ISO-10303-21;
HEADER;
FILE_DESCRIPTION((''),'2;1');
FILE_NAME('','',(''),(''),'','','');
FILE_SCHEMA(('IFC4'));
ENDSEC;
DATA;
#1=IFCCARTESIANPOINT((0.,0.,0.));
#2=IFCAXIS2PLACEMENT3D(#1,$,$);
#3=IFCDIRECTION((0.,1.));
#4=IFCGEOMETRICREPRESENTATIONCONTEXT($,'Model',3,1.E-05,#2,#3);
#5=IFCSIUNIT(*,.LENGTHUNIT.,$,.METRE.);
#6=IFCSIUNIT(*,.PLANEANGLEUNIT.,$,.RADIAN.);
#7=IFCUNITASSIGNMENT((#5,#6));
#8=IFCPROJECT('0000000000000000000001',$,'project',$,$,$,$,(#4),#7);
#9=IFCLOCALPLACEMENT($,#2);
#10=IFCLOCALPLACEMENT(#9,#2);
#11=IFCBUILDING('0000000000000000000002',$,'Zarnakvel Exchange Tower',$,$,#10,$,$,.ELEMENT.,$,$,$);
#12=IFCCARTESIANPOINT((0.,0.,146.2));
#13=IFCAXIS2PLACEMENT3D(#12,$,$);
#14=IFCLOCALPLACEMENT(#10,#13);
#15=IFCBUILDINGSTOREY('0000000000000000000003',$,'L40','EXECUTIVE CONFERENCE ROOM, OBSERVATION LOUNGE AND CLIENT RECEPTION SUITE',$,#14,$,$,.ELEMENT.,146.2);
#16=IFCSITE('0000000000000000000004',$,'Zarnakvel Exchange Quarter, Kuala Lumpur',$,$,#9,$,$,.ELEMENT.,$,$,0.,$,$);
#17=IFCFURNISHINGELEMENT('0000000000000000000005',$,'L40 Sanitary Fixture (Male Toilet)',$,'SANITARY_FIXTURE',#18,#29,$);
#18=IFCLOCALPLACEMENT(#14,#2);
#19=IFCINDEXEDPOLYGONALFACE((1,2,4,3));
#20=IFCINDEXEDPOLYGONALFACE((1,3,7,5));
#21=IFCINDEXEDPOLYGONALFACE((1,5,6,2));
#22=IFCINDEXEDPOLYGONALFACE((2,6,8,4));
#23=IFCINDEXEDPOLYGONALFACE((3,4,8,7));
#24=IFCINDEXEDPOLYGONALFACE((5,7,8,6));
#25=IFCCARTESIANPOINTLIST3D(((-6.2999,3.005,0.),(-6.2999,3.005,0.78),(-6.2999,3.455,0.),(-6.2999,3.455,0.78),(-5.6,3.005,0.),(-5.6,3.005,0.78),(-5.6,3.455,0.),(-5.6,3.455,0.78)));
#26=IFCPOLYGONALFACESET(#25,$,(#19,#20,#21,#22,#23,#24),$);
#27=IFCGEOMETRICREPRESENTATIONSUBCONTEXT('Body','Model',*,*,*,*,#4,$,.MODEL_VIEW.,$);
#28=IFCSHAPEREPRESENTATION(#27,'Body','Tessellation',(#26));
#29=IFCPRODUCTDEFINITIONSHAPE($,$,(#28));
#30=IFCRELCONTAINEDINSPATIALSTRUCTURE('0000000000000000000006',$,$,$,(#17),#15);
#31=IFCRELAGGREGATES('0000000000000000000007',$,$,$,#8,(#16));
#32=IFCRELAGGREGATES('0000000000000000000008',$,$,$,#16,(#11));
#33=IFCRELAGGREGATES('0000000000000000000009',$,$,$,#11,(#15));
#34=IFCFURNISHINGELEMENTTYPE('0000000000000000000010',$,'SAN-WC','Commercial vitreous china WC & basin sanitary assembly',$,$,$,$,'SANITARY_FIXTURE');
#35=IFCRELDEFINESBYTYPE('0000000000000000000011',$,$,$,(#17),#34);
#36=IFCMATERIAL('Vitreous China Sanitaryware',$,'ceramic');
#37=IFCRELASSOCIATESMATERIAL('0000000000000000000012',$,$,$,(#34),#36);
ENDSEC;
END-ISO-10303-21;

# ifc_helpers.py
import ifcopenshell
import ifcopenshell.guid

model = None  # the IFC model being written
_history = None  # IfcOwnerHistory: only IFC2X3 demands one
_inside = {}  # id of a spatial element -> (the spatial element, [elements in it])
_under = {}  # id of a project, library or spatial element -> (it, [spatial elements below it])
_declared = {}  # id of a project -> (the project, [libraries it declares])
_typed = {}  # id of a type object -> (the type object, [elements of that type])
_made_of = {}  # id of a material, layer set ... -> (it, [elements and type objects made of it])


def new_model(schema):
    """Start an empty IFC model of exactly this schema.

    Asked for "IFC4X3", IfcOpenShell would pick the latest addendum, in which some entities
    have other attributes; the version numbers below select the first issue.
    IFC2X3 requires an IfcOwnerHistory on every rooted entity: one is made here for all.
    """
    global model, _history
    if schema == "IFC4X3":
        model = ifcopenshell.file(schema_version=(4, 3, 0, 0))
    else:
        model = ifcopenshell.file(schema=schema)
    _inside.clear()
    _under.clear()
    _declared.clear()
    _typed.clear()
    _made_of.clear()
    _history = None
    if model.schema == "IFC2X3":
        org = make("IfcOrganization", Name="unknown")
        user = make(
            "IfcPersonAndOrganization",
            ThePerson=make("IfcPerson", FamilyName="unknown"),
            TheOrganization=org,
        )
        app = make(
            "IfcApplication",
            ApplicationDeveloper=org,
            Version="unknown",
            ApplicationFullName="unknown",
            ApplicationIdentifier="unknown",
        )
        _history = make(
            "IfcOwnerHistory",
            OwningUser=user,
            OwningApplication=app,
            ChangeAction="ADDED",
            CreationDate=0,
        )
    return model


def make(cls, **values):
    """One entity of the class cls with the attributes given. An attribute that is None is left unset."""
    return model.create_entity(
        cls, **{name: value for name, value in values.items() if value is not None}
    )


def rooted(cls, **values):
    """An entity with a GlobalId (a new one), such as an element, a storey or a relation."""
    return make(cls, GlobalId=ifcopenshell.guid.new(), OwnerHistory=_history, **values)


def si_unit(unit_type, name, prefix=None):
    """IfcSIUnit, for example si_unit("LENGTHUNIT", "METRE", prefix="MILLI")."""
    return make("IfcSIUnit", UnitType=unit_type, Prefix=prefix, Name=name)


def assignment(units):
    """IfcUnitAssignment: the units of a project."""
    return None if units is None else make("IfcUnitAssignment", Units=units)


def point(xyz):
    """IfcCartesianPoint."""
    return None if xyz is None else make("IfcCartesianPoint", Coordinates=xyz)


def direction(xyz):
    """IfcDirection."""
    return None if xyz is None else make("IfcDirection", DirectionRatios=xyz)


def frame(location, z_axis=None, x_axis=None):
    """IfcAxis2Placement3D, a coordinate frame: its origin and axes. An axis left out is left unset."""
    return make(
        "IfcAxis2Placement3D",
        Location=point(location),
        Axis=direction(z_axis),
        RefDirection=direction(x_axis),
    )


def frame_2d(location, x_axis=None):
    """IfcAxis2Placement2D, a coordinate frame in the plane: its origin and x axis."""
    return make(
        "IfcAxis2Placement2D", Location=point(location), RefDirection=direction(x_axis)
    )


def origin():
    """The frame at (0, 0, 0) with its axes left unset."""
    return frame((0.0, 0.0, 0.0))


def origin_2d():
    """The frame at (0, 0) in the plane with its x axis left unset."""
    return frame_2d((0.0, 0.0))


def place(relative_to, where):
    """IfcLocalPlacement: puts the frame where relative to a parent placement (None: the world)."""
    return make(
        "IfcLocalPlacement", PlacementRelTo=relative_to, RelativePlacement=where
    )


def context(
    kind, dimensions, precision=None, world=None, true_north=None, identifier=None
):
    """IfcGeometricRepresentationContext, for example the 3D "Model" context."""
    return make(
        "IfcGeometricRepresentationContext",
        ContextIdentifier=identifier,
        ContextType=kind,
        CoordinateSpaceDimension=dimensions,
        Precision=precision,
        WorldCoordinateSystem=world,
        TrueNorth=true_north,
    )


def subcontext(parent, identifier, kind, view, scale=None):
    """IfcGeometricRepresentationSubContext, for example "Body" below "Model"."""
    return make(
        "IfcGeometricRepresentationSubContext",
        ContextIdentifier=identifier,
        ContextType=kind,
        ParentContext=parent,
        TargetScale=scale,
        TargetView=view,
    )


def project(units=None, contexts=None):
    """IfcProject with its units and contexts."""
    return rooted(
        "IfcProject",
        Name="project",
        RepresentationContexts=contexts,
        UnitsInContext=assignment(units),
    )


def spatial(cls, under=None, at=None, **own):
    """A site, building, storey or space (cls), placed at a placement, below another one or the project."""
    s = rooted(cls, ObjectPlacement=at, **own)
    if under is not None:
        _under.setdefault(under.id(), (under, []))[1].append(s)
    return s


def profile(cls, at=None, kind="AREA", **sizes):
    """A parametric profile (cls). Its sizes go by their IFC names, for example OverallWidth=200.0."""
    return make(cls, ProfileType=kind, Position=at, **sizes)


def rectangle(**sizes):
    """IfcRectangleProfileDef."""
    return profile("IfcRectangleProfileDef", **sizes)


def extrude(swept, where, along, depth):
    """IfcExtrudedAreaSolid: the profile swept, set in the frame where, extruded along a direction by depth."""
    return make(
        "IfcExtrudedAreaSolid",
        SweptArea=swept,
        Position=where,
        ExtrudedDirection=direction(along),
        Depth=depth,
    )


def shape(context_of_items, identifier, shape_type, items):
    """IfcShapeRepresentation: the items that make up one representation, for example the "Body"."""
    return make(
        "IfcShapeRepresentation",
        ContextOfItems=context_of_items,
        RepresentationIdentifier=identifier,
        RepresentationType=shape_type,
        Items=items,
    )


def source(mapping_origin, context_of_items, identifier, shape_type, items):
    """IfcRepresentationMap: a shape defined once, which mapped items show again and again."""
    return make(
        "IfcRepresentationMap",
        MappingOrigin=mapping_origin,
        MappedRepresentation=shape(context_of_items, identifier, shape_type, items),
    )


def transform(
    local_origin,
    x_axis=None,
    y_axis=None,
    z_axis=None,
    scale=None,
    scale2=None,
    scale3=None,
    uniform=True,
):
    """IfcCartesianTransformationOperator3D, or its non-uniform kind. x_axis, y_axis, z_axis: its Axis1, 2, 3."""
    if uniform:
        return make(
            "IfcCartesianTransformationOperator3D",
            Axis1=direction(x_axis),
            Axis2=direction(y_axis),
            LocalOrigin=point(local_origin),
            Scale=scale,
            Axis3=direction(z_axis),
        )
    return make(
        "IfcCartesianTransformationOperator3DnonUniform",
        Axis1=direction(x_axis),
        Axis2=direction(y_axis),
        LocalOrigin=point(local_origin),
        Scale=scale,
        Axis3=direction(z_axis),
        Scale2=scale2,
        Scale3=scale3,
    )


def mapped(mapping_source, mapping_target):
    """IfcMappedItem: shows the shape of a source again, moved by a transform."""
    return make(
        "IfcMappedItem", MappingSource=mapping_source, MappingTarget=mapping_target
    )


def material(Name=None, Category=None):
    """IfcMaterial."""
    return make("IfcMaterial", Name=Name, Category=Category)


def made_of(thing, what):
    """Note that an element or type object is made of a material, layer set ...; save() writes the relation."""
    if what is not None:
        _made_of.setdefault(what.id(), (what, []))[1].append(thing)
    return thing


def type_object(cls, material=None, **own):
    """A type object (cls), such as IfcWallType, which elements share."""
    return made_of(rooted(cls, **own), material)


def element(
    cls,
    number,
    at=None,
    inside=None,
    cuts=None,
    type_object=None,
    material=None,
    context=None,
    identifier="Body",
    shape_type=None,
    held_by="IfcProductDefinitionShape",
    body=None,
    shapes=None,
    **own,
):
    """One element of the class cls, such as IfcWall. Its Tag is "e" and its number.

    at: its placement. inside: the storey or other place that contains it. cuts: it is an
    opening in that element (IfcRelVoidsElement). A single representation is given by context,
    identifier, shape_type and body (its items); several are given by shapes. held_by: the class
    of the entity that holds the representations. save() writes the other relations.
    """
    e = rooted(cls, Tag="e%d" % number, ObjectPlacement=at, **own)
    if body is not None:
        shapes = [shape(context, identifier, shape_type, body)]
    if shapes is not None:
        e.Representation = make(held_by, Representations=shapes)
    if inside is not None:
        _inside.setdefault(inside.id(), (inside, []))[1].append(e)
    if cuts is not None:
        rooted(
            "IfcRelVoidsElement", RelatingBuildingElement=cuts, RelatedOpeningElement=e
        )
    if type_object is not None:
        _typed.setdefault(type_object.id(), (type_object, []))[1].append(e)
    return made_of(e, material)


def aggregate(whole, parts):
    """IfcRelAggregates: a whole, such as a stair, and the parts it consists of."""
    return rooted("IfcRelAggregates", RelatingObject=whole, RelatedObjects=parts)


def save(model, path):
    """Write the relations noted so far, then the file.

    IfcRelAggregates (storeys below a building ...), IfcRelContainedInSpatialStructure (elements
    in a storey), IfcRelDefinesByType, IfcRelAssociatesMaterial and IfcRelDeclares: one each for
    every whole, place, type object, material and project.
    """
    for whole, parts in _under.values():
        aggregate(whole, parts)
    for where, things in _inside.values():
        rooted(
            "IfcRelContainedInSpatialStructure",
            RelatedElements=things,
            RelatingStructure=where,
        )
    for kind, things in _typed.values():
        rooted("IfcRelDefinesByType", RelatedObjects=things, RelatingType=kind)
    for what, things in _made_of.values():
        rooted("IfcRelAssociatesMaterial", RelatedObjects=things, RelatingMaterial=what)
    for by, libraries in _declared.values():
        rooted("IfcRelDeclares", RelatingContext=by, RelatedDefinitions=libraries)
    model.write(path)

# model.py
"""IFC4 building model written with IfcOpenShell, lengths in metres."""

from ifc_helpers import new_model, si_unit, direction, frame, origin, origin_2d, place, context, subcontext, project, spatial, rectangle, extrude, source, transform, mapped, material, type_object, element, save


model = new_model("IFC4")

# Units and contexts
model_context = context("Model", 3, precision=1e-05, world=origin(), true_north=direction((0.0, 1.0)))
body_context = subcontext(model_context, "Body", "Model", "MODEL_VIEW")
ifc_project = project(units=[si_unit("LENGTHUNIT", "METRE"), si_unit("PLANEANGLEUNIT", "RADIAN")], contexts=[model_context])

# Site, building, storey
site_placement = place(None, origin())
site = spatial("IfcSite", under=ifc_project, at=site_placement, Name="Zarnakvel Exchange Quarter, Kuala Lumpur", CompositionType="ELEMENT", RefElevation=0.0)
building_placement = place(site_placement, origin())
building = spatial("IfcBuilding", under=site, at=building_placement, Name="Zarnakvel Exchange Tower", CompositionType="ELEMENT")
storey_placement = place(building_placement, frame((0.0, 0.0, 146.2)))
storey = spatial("IfcBuildingStorey", under=building, at=storey_placement, Name="L40", Description="EXECUTIVE CONFERENCE ROOM, OBSERVATION LOUNGE AND CLIENT RECEPTION SUITE", CompositionType="ELEMENT", Elevation=146.2)

# Furnishing element
ifc_material_1 = material(Name="Vitreous China Sanitaryware", Category="ceramic")
furnishing_element_type = type_object("IfcFurnishingElementType", Name="SAN-WC", Description="Commercial vitreous china WC & basin sanitary assembly", ElementType="SANITARY_FIXTURE", material=ifc_material_1)
shared_shape_1 = source(origin(), body_context, "Body", "SweptSolid", [
    extrude(rectangle(XDim=0.7, YDim=0.45, at=origin_2d()), origin(), (0.0, 0.0, 1.0), 0.78),
])
furnishing_placement = place(storey_placement, frame((-5.95, 3.23, 0.0), z_axis=(0.0, 0.0, 1.0), x_axis=(1.0, 0.0, 0.0)))
element("IfcFurnishingElement", 1, at=furnishing_placement, inside=storey, type_object=furnishing_element_type, Name="L40 Sanitary Fixture (Male Toilet)", ObjectType="SANITARY_FIXTURE", context=body_context, shape_type="MappedRepresentation", body=[
    mapped(shared_shape_1, transform((0.0, 0.0, 0.0), x_axis=(1.0, 0.0, 0.0), y_axis=(0.0, 1.0, 0.0), z_axis=(0.0, 0.0, 1.0), scale=1.0)),
])

save(model, "model.ifc")
